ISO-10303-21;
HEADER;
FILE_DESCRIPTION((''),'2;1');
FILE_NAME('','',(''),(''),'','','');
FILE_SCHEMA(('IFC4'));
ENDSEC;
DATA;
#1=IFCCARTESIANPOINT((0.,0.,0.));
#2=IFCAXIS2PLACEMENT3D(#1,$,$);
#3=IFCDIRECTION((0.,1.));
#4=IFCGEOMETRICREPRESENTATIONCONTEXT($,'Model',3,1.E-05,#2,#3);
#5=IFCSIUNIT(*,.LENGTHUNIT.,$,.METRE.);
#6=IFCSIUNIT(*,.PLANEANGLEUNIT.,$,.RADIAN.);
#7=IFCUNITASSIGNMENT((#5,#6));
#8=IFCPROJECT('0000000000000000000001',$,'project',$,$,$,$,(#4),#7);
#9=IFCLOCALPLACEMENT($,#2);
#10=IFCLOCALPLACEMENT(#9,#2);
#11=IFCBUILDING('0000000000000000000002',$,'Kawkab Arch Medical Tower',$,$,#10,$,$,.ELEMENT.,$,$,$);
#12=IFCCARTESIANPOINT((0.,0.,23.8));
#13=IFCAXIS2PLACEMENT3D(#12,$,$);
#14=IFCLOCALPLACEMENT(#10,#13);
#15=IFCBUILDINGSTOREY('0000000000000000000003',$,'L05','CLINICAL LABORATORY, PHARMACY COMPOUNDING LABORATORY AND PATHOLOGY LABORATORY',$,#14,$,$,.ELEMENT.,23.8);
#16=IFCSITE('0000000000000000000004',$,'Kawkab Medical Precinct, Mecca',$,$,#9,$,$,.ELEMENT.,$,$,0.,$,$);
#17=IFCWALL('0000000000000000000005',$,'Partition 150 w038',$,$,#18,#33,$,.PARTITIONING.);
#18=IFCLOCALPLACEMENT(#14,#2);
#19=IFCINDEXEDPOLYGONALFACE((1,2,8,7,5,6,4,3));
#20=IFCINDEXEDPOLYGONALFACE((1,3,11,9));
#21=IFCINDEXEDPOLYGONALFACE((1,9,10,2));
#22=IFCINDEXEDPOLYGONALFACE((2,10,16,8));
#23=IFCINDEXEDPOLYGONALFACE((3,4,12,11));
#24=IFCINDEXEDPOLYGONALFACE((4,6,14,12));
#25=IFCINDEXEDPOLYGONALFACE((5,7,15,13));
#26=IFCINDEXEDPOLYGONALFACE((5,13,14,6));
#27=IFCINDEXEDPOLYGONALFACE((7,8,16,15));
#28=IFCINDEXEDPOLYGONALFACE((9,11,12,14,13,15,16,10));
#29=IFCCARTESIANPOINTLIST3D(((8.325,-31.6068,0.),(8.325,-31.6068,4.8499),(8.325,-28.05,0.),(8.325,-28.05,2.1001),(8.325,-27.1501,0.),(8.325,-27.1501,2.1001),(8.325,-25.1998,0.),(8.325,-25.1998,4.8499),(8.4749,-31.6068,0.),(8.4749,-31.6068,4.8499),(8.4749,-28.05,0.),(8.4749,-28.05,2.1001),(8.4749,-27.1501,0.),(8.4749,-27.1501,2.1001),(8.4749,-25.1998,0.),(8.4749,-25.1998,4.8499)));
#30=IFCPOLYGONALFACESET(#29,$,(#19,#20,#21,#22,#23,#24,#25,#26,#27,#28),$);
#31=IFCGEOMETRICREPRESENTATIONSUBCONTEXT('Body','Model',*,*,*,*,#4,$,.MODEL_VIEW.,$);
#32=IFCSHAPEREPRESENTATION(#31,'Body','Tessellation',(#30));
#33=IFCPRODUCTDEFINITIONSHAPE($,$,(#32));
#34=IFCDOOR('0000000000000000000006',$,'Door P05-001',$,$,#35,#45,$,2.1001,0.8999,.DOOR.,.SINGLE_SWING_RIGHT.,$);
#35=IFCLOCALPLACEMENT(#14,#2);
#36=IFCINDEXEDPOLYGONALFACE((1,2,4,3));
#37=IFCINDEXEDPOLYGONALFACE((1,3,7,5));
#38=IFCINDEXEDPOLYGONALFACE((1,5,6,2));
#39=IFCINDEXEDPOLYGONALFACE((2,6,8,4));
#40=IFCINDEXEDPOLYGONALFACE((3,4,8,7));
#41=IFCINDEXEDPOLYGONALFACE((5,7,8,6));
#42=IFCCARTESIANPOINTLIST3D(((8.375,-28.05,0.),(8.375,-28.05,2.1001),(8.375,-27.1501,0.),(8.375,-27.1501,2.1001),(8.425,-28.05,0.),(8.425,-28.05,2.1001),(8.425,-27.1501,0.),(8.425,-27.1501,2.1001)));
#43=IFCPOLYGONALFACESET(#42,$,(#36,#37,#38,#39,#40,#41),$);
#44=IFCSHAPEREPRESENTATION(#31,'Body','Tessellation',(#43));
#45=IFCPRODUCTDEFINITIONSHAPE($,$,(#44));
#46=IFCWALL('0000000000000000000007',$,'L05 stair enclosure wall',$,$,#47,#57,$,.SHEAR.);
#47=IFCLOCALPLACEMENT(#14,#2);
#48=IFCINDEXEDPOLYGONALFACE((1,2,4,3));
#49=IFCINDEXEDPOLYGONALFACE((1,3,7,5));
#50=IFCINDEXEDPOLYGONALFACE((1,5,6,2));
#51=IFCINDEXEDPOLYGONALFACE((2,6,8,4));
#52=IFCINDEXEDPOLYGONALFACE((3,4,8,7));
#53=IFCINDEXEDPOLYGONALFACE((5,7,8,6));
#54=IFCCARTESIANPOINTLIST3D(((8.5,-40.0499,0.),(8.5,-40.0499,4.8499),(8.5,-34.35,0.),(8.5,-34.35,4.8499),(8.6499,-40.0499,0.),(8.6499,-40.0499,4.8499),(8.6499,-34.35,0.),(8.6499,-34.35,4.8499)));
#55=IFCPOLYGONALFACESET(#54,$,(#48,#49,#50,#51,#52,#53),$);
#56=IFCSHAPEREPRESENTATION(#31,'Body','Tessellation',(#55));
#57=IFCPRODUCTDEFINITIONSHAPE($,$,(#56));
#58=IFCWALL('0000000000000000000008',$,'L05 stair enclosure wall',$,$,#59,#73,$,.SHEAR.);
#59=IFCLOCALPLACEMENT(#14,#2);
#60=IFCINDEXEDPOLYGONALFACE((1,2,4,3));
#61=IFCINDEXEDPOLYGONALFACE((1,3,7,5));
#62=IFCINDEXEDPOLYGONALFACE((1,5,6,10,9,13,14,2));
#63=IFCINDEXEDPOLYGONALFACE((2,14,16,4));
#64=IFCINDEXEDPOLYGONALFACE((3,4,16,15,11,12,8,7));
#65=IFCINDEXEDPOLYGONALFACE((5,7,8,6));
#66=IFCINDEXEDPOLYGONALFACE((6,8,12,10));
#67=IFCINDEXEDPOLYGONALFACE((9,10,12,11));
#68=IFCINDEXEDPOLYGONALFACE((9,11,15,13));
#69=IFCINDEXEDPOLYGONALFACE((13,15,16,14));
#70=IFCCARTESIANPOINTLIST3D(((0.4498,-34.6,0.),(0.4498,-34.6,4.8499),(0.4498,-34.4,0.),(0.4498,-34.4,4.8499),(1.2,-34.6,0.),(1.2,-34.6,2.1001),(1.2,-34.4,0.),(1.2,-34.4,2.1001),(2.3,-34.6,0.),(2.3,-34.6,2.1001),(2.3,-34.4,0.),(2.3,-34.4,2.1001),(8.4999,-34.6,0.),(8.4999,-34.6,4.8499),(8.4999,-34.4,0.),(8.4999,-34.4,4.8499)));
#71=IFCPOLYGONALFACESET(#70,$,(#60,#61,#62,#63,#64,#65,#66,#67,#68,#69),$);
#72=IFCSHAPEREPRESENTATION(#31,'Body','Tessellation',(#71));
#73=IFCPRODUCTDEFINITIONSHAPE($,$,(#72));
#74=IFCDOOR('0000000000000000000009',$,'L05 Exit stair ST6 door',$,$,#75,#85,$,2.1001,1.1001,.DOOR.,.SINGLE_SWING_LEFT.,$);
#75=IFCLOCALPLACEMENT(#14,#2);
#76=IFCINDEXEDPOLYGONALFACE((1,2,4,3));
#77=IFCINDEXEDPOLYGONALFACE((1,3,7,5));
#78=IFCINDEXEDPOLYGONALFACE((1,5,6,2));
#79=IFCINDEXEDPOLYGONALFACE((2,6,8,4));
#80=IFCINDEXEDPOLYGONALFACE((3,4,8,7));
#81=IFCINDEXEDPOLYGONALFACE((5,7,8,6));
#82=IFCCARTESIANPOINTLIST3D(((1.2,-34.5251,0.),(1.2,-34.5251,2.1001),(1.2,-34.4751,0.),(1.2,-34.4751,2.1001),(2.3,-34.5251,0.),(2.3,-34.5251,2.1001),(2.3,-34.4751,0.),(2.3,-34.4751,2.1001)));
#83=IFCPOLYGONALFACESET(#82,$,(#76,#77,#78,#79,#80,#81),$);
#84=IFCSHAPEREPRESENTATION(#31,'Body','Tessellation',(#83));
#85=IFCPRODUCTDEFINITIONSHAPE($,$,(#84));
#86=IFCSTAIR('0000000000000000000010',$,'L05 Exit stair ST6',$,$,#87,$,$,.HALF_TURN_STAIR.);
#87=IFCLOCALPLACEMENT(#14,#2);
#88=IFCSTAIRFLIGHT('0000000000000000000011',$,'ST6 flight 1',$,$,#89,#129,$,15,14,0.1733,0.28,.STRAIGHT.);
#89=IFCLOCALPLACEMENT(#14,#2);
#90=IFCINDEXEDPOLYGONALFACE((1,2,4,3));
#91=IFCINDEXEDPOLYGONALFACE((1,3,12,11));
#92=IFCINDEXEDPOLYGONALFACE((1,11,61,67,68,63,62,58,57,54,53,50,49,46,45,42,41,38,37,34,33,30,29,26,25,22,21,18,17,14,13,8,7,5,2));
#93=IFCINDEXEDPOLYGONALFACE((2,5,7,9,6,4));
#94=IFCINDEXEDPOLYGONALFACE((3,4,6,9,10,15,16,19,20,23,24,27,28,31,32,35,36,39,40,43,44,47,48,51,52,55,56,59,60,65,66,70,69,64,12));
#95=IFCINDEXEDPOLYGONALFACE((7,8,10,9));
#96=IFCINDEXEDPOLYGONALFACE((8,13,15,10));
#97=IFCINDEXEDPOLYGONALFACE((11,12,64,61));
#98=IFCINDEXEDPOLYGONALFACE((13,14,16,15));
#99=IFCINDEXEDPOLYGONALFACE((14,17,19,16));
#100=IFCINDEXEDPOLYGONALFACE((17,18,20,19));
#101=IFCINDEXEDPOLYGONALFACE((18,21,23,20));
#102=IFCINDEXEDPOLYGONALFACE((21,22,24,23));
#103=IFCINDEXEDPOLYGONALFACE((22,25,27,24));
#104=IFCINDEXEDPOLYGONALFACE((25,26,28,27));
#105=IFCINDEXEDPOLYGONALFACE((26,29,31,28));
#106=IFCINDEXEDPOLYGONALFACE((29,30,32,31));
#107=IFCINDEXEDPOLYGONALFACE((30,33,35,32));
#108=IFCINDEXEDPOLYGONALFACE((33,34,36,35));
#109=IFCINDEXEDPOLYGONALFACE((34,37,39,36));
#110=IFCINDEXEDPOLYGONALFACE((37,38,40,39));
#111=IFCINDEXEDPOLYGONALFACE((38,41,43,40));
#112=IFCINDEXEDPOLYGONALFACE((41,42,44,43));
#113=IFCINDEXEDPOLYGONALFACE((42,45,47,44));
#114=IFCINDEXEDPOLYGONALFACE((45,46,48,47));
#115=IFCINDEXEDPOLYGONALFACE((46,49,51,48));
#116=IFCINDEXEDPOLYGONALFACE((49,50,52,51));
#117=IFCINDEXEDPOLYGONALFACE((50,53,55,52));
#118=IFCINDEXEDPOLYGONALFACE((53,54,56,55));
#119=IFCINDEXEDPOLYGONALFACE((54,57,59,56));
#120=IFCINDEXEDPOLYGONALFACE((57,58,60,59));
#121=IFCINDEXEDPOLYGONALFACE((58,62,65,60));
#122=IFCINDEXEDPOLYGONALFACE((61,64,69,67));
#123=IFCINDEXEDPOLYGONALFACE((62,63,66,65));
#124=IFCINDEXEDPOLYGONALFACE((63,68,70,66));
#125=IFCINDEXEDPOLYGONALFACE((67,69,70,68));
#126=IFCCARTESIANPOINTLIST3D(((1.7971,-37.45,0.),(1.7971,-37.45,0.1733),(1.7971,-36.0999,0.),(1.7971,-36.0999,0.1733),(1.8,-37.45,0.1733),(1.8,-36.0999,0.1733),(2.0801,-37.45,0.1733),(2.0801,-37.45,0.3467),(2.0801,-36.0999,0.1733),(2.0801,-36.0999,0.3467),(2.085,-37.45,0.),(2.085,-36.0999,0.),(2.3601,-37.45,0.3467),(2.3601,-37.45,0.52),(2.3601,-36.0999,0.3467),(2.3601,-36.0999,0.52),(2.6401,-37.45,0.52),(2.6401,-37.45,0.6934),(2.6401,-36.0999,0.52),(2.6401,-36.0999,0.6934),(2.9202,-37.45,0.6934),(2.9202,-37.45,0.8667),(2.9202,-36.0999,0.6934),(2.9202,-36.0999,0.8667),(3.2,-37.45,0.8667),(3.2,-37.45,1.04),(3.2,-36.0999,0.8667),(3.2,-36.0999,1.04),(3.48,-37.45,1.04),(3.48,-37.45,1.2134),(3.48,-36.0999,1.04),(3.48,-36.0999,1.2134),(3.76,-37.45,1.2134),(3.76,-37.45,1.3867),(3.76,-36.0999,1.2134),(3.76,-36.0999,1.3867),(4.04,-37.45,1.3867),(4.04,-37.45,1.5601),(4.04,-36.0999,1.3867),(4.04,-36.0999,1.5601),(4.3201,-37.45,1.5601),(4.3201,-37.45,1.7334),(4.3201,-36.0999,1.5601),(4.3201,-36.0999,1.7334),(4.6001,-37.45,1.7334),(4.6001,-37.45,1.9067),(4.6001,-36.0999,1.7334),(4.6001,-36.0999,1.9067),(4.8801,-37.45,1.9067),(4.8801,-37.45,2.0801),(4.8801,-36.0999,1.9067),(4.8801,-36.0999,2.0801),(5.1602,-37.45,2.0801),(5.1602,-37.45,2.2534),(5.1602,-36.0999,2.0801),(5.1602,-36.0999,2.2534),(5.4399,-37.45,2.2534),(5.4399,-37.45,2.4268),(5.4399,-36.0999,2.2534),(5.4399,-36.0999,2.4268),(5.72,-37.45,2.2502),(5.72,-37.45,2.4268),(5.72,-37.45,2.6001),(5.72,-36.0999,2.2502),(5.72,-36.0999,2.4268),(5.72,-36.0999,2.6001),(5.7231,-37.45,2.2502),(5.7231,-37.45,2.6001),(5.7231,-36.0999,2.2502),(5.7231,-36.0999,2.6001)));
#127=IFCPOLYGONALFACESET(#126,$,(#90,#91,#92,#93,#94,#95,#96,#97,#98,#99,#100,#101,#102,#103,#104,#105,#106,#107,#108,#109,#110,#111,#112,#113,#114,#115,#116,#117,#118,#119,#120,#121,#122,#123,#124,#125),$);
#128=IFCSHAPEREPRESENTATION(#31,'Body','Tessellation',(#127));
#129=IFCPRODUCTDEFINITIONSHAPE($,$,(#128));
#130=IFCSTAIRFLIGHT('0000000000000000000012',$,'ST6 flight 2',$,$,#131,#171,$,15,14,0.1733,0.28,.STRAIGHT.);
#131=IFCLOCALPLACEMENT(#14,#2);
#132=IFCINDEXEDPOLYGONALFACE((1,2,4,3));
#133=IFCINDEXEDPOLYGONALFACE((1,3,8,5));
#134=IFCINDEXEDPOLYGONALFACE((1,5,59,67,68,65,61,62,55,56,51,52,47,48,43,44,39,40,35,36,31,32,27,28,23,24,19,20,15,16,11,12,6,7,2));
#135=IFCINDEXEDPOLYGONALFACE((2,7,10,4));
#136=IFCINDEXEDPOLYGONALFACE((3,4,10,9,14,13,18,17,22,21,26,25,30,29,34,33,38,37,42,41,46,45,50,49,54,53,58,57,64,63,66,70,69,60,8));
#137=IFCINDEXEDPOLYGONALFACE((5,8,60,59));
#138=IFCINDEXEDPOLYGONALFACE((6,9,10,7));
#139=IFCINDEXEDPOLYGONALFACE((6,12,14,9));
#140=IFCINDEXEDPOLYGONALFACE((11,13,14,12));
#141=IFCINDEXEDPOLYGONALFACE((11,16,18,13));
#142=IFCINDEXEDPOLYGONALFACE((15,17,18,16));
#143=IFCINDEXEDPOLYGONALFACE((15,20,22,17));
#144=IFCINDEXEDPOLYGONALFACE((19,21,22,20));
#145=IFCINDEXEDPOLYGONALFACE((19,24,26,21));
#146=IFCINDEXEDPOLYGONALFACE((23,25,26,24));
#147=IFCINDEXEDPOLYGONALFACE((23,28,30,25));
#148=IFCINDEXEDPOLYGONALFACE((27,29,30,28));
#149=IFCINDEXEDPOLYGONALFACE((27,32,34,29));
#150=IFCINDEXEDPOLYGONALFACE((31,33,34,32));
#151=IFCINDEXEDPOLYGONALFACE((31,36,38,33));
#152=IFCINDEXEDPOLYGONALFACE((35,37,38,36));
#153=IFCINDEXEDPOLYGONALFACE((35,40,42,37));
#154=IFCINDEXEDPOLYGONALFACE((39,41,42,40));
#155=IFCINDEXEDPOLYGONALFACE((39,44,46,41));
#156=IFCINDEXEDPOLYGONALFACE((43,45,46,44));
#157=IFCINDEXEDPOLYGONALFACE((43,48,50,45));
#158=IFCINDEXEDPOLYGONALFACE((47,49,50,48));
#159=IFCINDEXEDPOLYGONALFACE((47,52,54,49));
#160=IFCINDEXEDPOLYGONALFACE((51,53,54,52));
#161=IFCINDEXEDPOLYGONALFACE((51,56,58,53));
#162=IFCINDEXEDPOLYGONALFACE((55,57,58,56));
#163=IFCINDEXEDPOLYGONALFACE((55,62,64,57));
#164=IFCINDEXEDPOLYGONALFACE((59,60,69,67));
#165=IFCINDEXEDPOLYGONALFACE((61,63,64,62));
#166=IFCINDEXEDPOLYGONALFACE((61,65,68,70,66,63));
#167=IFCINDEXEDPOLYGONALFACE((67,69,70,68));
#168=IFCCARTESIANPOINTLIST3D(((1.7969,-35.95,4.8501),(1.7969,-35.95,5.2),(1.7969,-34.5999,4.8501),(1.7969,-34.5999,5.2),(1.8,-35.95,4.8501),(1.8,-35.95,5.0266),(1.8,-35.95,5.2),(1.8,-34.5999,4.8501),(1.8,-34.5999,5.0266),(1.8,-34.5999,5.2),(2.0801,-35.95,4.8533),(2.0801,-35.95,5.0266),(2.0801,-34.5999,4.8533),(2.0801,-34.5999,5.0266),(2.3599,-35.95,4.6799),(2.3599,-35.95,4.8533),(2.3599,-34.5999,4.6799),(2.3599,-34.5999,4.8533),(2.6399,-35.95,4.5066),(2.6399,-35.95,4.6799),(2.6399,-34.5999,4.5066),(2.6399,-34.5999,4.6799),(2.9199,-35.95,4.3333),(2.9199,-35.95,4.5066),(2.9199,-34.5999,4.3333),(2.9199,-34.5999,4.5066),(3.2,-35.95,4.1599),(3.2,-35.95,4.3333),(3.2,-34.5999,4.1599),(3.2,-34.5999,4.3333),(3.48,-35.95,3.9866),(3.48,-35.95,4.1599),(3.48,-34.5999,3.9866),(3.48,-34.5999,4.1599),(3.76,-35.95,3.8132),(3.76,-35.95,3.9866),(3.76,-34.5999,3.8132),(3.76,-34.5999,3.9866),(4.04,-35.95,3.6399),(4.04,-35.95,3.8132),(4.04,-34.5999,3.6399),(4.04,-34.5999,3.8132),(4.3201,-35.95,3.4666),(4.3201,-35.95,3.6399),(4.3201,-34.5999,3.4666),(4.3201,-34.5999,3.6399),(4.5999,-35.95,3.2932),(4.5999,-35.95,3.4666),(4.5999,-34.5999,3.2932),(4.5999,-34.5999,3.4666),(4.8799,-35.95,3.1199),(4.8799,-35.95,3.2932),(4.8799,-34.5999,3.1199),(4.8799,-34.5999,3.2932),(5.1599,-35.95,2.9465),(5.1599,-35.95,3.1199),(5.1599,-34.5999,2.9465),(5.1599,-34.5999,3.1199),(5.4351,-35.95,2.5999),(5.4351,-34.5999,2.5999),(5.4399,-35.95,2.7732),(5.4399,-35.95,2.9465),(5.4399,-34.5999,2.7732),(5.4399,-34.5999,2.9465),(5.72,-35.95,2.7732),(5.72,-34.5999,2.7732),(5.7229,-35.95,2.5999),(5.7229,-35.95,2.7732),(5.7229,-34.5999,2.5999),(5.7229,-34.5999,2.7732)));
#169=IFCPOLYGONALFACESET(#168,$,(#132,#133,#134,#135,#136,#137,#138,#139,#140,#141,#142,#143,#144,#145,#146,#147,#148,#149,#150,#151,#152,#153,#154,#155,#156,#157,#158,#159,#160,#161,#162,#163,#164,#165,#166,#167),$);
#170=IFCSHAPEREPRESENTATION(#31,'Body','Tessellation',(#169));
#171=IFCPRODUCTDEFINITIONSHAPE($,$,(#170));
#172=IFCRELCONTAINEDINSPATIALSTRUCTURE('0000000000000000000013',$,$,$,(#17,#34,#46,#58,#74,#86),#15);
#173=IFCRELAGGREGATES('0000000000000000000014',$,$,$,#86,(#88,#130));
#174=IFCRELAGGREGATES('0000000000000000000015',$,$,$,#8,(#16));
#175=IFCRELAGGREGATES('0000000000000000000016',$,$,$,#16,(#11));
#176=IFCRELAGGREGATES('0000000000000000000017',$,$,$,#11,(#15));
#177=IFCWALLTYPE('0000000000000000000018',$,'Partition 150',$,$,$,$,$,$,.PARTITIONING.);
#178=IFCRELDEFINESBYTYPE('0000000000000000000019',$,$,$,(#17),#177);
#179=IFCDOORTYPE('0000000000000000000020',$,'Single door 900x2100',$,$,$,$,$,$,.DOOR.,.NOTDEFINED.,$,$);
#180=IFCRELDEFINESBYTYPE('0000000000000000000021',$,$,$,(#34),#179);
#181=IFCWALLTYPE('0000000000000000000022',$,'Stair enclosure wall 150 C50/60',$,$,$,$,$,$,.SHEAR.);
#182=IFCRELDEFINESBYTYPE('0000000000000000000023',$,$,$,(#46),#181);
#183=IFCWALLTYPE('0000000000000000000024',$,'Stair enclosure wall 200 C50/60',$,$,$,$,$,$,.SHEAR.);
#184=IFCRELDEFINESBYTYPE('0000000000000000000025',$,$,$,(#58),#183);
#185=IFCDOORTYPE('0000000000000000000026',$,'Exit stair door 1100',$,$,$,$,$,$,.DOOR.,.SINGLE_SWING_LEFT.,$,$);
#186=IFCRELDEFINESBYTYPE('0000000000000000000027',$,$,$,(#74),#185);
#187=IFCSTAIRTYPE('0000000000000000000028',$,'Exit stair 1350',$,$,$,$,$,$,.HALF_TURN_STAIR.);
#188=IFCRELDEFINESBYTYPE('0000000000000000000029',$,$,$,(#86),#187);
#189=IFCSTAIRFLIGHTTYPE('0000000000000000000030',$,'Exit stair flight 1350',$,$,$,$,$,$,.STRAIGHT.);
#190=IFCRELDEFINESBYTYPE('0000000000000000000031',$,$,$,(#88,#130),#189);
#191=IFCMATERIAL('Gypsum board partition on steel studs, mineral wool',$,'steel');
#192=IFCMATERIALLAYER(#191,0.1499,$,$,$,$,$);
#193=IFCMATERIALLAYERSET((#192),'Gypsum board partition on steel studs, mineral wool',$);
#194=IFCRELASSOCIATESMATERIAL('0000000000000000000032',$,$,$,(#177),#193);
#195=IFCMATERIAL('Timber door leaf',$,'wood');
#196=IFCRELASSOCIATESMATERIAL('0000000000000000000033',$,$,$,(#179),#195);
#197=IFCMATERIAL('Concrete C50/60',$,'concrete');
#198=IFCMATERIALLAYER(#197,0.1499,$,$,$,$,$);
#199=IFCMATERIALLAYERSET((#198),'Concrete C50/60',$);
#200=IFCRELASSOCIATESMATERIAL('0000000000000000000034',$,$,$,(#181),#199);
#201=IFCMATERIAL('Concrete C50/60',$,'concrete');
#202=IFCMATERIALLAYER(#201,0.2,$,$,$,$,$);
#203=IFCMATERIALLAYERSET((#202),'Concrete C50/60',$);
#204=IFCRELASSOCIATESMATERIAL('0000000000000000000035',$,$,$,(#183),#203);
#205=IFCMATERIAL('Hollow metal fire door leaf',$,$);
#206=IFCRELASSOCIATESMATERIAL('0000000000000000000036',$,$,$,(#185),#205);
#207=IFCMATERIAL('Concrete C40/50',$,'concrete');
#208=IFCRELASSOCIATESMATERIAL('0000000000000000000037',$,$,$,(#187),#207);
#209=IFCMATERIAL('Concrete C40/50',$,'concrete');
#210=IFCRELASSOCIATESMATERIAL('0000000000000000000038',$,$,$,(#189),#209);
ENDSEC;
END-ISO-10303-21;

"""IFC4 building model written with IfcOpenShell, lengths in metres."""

from ifc_helpers import new_model, si_unit, direction, frame, frame_2d, origin, place, context, subcontext, project, spatial, polyline, rectangle, outline, extrude, material, layer, layer_set, type_object, element, fill, aggregate, save


model = new_model("IFC4")

# Units and contexts
model_context = context("Model", 3, precision=1e-05, world=origin(), true_north=direction((0.0, 1.0)))
body_context = subcontext(model_context, "Body", "Model", "MODEL_VIEW")
ifc_project = project(units=[si_unit("LENGTHUNIT", "METRE"), si_unit("PLANEANGLEUNIT", "RADIAN")], contexts=[model_context])

# Site, building, storey
site_placement = place(None, origin())
site = spatial("IfcSite", under=ifc_project, at=site_placement, Name="Kawkab Medical Precinct, Mecca", CompositionType="ELEMENT", RefElevation=0.0)
building_placement = place(site_placement, origin())
building = spatial("IfcBuilding", under=site, at=building_placement, Name="Kawkab Arch Medical Tower", CompositionType="ELEMENT")
storey_placement = place(building_placement, frame((0.0, 0.0, 23.8)))
storey = spatial("IfcBuildingStorey", under=building, at=storey_placement, Name="L05", Description="CLINICAL LABORATORY, PHARMACY COMPOUNDING LABORATORY AND PATHOLOGY LABORATORY", CompositionType="ELEMENT", Elevation=23.8)

# Shared definitions
ifc_material_1 = material(Name="Gypsum board partition on steel studs, mineral wool", Category="steel")
ifc_layer_1 = layer(ifc_material_1, 0.1499)
ifc_layer_set_1 = layer_set([ifc_layer_1], Name="Gypsum board partition on steel studs, mineral wool")
wall_type_1 = type_object("IfcWallType", Name="Partition 150", PredefinedType="PARTITIONING", material=ifc_layer_set_1)

# Wall, opening, door
wall_1_placement = place(storey_placement, frame((8.3999, -31.6069, 0.0), z_axis=(0.0, 0.0, 1.0), x_axis=(0.0, 1.0, 0.0)))
wall_1 = element("IfcWall", 1, at=wall_1_placement, inside=storey, type_object=wall_type_1, Name="Partition 150 w038", PredefinedType="PARTITIONING", context=body_context, shape_type="SweptSolid", body=[
    extrude(rectangle(XDim=6.407, YDim=0.1499, at=frame_2d((3.2036, 0.0))), origin(), (0.0, 0.0, 1.0), 4.8499),
])
opening_1_placement = place(wall_1_placement, frame((3.5569, 0.0, 0.0)))
opening_1 = element("IfcOpeningElement", 2, at=opening_1_placement, cuts=wall_1, PredefinedType="OPENING", context=body_context, shape_type="SweptSolid", body=[
    extrude(rectangle(XDim=0.8999, YDim=2.1001, at=frame_2d((0.45, 1.05))), frame((0.0, 0.085, 0.0), z_axis=(0.0, -1.0, 0.0), x_axis=(1.0, 0.0, 0.0)), (0.0, 0.0, 1.0), 0.1699),
])
ifc_material_2 = material(Name="Timber door leaf", Category="wood")
door_type_1 = type_object("IfcDoorType", Name="Single door 900x2100", OperationType="NOTDEFINED", PredefinedType="DOOR", material=ifc_material_2)
door_1_placement = place(opening_1_placement, origin())
door_1 = element("IfcDoor", 3, at=door_1_placement, inside=storey, type_object=door_type_1, Name="Door P05-001", OperationType="SINGLE_SWING_RIGHT", OverallHeight=2.1001, OverallWidth=0.8999, PredefinedType="DOOR", context=body_context, shape_type="SweptSolid", body=[
    extrude(rectangle(XDim=0.8999, YDim=2.1001, at=frame_2d((0.45, 1.05))), frame((0.0, 0.0249, 0.0), z_axis=(0.0, -1.0, 0.0), x_axis=(1.0, 0.0, 0.0)), (0.0, 0.0, 1.0), 0.05),
])
fill(opening_1, door_1)

# Wall
ifc_material_3 = material(Name="Concrete C50/60", Category="concrete")
ifc_layer_2 = layer(ifc_material_3, 0.1499)
ifc_layer_set_2 = layer_set([ifc_layer_2], Name="Concrete C50/60")
wall_type_2 = type_object("IfcWallType", Name="Stair enclosure wall 150 C50/60", PredefinedType="SHEAR", material=ifc_layer_set_2)
wall_2_placement = place(storey_placement, frame((8.575, -40.05, 0.0), z_axis=(0.0, 0.0, 1.0), x_axis=(0.0, 1.0, 0.0)))
element("IfcWall", 4, at=wall_2_placement, inside=storey, type_object=wall_type_2, Name="L05 stair enclosure wall", PredefinedType="SHEAR", context=body_context, shape_type="SweptSolid", body=[
    extrude(rectangle(XDim=5.7, YDim=0.1499, at=frame_2d((2.8501, 0.0))), origin(), (0.0, 0.0, 1.0), 4.8499),
])

# Wall, opening, door
ifc_material_4 = material(Name="Concrete C50/60", Category="concrete")
ifc_layer_3 = layer(ifc_material_4, 0.2)
ifc_layer_set_3 = layer_set([ifc_layer_3], Name="Concrete C50/60")
wall_type_3 = type_object("IfcWallType", Name="Stair enclosure wall 200 C50/60", PredefinedType="SHEAR", material=ifc_layer_set_3)
wall_3_placement = place(storey_placement, frame((0.45, -34.5, 0.0), z_axis=(0.0, 0.0, 1.0), x_axis=(1.0, 0.0, 0.0)))
wall_3 = element("IfcWall", 5, at=wall_3_placement, inside=storey, type_object=wall_type_3, Name="L05 stair enclosure wall", PredefinedType="SHEAR", context=body_context, shape_type="SweptSolid", body=[
    extrude(rectangle(XDim=8.05, YDim=0.2, at=frame_2d((4.0249, 0.0))), origin(), (0.0, 0.0, 1.0), 4.8499),
])
opening_2_placement = place(wall_3_placement, frame((0.75, 0.0, 0.0)))
opening_2 = element("IfcOpeningElement", 6, at=opening_2_placement, cuts=wall_3, PredefinedType="OPENING", context=body_context, shape_type="SweptSolid", body=[
    extrude(rectangle(XDim=1.1001, YDim=2.1001, at=frame_2d((0.55, 1.05))), frame((0.0, 0.1099, 0.0), z_axis=(0.0, -1.0, 0.0), x_axis=(1.0, 0.0, 0.0)), (0.0, 0.0, 1.0), 0.22),
])
ifc_material_5 = material(Name="Hollow metal fire door leaf")
door_type_2 = type_object("IfcDoorType", Name="Exit stair door 1100", OperationType="SINGLE_SWING_LEFT", PredefinedType="DOOR", material=ifc_material_5)
door_2_placement = place(opening_2_placement, origin())
door_2 = element("IfcDoor", 7, at=door_2_placement, inside=storey, type_object=door_type_2, Name="L05 Exit stair ST6 door", OperationType="SINGLE_SWING_LEFT", OverallHeight=2.1001, OverallWidth=1.1001, PredefinedType="DOOR", context=body_context, shape_type="SweptSolid", body=[
    extrude(rectangle(XDim=1.1001, YDim=2.1001, at=frame_2d((0.55, 1.05))), frame((0.0, 0.0249, 0.0), z_axis=(0.0, -1.0, 0.0), x_axis=(1.0, 0.0, 0.0)), (0.0, 0.0, 1.0), 0.05),
])
fill(opening_2, door_2)

# Stair, stair flights
ifc_material_6 = material(Name="Concrete C40/50", Category="concrete")
stair_type = type_object("IfcStairType", Name="Exit stair 1350", PredefinedType="HALF_TURN_STAIR", material=ifc_material_6)
stair_placement = place(storey_placement, origin())
stair = element("IfcStair", 8, at=stair_placement, inside=storey, type_object=stair_type, Name="L05 Exit stair ST6", PredefinedType="HALF_TURN_STAIR")
ifc_material_7 = material(Name="Concrete C40/50", Category="concrete")
stair_flight_type = type_object("IfcStairFlightType", Name="Exit stair flight 1350", PredefinedType="STRAIGHT", material=ifc_material_7)
stair_flight_1_placement = place(storey_placement, frame((1.8, -36.7749, 0.0), z_axis=(0.0, 0.0, 1.0), x_axis=(1.0, 0.0, 0.0)))
stair_flight_1 = element("IfcStairFlight", 9, at=stair_flight_1_placement, type_object=stair_flight_type, Name="ST6 flight 1", NumberOfRisers=15, NumberOfTreads=14, PredefinedType="STRAIGHT", RiserHeight=0.1733, TreadLength=0.28, context=body_context, shape_type="SweptSolid", body=[
    extrude(outline(polyline([(-0.0029, 0.0), (-0.0029, 0.1733), (0.0, 0.1733), (0.28, 0.1733), (0.28, 0.3467), (0.5601, 0.3467), (0.5601, 0.52), (0.8401, 0.52), (0.8401, 0.6934), (1.1201, 0.6934), (1.1201, 0.8667), (1.3999, 0.8667), (1.3999, 1.04), (1.6799, 1.04), (1.6799, 1.2134), (1.96, 1.2134), (1.96, 1.3867), (2.24, 1.3867), (2.24, 1.5601), (2.52, 1.5601), (2.52, 1.7334), (2.8, 1.7334), (2.8, 1.9067), (3.0801, 1.9067), (3.0801, 2.0801), (3.3601, 2.0801), (3.3601, 2.2534), (3.6399, 2.2534), (3.6399, 2.4268), (3.9199, 2.4268), (3.9199, 2.6001), (3.9231, 2.6001), (3.9231, 2.2502), (3.9199, 2.2502), (0.2849, 0.0), (-0.0029, 0.0)])), frame((0.0, 0.675, 0.0), z_axis=(0.0, -1.0, 0.0), x_axis=(1.0, 0.0, 0.0)), (0.0, 0.0, 1.0), 1.3501),
])
stair_flight_2_placement = place(storey_placement, frame((5.72, -35.2749, 2.5999), z_axis=(0.0, 0.0, 1.0), x_axis=(-1.0, 0.0, 0.0)))
stair_flight_2 = element("IfcStairFlight", 10, at=stair_flight_2_placement, type_object=stair_flight_type, Name="ST6 flight 2", NumberOfRisers=15, NumberOfTreads=14, PredefinedType="STRAIGHT", RiserHeight=0.1733, TreadLength=0.28, context=body_context, shape_type="SweptSolid", body=[
    extrude(outline(polyline([(-0.0029, 0.0), (-0.0029, 0.1733), (0.0, 0.1733), (0.28, 0.1733), (0.28, 0.3467), (0.5601, 0.3467), (0.5601, 0.52), (0.8401, 0.52), (0.8401, 0.6934), (1.1201, 0.6934), (1.1201, 0.8667), (1.3999, 0.8667), (1.3999, 1.04), (1.6799, 1.04), (1.6799, 1.2134), (1.96, 1.2134), (1.96, 1.3867), (2.24, 1.3867), (2.24, 1.5601), (2.52, 1.5601), (2.52, 1.7334), (2.8, 1.7334), (2.8, 1.9067), (3.0801, 1.9067), (3.0801, 2.0801), (3.3601, 2.0801), (3.3601, 2.2534), (3.6399, 2.2534), (3.6399, 2.4268), (3.9199, 2.4268), (3.9199, 2.6001), (3.9231, 2.6001), (3.9231, 2.2502), (3.9199, 2.2502), (0.2849, 0.0), (-0.0029, 0.0)])), frame((0.0, 0.675, 0.0), z_axis=(0.0, -1.0, 0.0), x_axis=(1.0, 0.0, 0.0)), (0.0, 0.0, 1.0), 1.3501),
])
aggregate(stair, [stair_flight_1, stair_flight_2])

save(model, "model.ifc")
